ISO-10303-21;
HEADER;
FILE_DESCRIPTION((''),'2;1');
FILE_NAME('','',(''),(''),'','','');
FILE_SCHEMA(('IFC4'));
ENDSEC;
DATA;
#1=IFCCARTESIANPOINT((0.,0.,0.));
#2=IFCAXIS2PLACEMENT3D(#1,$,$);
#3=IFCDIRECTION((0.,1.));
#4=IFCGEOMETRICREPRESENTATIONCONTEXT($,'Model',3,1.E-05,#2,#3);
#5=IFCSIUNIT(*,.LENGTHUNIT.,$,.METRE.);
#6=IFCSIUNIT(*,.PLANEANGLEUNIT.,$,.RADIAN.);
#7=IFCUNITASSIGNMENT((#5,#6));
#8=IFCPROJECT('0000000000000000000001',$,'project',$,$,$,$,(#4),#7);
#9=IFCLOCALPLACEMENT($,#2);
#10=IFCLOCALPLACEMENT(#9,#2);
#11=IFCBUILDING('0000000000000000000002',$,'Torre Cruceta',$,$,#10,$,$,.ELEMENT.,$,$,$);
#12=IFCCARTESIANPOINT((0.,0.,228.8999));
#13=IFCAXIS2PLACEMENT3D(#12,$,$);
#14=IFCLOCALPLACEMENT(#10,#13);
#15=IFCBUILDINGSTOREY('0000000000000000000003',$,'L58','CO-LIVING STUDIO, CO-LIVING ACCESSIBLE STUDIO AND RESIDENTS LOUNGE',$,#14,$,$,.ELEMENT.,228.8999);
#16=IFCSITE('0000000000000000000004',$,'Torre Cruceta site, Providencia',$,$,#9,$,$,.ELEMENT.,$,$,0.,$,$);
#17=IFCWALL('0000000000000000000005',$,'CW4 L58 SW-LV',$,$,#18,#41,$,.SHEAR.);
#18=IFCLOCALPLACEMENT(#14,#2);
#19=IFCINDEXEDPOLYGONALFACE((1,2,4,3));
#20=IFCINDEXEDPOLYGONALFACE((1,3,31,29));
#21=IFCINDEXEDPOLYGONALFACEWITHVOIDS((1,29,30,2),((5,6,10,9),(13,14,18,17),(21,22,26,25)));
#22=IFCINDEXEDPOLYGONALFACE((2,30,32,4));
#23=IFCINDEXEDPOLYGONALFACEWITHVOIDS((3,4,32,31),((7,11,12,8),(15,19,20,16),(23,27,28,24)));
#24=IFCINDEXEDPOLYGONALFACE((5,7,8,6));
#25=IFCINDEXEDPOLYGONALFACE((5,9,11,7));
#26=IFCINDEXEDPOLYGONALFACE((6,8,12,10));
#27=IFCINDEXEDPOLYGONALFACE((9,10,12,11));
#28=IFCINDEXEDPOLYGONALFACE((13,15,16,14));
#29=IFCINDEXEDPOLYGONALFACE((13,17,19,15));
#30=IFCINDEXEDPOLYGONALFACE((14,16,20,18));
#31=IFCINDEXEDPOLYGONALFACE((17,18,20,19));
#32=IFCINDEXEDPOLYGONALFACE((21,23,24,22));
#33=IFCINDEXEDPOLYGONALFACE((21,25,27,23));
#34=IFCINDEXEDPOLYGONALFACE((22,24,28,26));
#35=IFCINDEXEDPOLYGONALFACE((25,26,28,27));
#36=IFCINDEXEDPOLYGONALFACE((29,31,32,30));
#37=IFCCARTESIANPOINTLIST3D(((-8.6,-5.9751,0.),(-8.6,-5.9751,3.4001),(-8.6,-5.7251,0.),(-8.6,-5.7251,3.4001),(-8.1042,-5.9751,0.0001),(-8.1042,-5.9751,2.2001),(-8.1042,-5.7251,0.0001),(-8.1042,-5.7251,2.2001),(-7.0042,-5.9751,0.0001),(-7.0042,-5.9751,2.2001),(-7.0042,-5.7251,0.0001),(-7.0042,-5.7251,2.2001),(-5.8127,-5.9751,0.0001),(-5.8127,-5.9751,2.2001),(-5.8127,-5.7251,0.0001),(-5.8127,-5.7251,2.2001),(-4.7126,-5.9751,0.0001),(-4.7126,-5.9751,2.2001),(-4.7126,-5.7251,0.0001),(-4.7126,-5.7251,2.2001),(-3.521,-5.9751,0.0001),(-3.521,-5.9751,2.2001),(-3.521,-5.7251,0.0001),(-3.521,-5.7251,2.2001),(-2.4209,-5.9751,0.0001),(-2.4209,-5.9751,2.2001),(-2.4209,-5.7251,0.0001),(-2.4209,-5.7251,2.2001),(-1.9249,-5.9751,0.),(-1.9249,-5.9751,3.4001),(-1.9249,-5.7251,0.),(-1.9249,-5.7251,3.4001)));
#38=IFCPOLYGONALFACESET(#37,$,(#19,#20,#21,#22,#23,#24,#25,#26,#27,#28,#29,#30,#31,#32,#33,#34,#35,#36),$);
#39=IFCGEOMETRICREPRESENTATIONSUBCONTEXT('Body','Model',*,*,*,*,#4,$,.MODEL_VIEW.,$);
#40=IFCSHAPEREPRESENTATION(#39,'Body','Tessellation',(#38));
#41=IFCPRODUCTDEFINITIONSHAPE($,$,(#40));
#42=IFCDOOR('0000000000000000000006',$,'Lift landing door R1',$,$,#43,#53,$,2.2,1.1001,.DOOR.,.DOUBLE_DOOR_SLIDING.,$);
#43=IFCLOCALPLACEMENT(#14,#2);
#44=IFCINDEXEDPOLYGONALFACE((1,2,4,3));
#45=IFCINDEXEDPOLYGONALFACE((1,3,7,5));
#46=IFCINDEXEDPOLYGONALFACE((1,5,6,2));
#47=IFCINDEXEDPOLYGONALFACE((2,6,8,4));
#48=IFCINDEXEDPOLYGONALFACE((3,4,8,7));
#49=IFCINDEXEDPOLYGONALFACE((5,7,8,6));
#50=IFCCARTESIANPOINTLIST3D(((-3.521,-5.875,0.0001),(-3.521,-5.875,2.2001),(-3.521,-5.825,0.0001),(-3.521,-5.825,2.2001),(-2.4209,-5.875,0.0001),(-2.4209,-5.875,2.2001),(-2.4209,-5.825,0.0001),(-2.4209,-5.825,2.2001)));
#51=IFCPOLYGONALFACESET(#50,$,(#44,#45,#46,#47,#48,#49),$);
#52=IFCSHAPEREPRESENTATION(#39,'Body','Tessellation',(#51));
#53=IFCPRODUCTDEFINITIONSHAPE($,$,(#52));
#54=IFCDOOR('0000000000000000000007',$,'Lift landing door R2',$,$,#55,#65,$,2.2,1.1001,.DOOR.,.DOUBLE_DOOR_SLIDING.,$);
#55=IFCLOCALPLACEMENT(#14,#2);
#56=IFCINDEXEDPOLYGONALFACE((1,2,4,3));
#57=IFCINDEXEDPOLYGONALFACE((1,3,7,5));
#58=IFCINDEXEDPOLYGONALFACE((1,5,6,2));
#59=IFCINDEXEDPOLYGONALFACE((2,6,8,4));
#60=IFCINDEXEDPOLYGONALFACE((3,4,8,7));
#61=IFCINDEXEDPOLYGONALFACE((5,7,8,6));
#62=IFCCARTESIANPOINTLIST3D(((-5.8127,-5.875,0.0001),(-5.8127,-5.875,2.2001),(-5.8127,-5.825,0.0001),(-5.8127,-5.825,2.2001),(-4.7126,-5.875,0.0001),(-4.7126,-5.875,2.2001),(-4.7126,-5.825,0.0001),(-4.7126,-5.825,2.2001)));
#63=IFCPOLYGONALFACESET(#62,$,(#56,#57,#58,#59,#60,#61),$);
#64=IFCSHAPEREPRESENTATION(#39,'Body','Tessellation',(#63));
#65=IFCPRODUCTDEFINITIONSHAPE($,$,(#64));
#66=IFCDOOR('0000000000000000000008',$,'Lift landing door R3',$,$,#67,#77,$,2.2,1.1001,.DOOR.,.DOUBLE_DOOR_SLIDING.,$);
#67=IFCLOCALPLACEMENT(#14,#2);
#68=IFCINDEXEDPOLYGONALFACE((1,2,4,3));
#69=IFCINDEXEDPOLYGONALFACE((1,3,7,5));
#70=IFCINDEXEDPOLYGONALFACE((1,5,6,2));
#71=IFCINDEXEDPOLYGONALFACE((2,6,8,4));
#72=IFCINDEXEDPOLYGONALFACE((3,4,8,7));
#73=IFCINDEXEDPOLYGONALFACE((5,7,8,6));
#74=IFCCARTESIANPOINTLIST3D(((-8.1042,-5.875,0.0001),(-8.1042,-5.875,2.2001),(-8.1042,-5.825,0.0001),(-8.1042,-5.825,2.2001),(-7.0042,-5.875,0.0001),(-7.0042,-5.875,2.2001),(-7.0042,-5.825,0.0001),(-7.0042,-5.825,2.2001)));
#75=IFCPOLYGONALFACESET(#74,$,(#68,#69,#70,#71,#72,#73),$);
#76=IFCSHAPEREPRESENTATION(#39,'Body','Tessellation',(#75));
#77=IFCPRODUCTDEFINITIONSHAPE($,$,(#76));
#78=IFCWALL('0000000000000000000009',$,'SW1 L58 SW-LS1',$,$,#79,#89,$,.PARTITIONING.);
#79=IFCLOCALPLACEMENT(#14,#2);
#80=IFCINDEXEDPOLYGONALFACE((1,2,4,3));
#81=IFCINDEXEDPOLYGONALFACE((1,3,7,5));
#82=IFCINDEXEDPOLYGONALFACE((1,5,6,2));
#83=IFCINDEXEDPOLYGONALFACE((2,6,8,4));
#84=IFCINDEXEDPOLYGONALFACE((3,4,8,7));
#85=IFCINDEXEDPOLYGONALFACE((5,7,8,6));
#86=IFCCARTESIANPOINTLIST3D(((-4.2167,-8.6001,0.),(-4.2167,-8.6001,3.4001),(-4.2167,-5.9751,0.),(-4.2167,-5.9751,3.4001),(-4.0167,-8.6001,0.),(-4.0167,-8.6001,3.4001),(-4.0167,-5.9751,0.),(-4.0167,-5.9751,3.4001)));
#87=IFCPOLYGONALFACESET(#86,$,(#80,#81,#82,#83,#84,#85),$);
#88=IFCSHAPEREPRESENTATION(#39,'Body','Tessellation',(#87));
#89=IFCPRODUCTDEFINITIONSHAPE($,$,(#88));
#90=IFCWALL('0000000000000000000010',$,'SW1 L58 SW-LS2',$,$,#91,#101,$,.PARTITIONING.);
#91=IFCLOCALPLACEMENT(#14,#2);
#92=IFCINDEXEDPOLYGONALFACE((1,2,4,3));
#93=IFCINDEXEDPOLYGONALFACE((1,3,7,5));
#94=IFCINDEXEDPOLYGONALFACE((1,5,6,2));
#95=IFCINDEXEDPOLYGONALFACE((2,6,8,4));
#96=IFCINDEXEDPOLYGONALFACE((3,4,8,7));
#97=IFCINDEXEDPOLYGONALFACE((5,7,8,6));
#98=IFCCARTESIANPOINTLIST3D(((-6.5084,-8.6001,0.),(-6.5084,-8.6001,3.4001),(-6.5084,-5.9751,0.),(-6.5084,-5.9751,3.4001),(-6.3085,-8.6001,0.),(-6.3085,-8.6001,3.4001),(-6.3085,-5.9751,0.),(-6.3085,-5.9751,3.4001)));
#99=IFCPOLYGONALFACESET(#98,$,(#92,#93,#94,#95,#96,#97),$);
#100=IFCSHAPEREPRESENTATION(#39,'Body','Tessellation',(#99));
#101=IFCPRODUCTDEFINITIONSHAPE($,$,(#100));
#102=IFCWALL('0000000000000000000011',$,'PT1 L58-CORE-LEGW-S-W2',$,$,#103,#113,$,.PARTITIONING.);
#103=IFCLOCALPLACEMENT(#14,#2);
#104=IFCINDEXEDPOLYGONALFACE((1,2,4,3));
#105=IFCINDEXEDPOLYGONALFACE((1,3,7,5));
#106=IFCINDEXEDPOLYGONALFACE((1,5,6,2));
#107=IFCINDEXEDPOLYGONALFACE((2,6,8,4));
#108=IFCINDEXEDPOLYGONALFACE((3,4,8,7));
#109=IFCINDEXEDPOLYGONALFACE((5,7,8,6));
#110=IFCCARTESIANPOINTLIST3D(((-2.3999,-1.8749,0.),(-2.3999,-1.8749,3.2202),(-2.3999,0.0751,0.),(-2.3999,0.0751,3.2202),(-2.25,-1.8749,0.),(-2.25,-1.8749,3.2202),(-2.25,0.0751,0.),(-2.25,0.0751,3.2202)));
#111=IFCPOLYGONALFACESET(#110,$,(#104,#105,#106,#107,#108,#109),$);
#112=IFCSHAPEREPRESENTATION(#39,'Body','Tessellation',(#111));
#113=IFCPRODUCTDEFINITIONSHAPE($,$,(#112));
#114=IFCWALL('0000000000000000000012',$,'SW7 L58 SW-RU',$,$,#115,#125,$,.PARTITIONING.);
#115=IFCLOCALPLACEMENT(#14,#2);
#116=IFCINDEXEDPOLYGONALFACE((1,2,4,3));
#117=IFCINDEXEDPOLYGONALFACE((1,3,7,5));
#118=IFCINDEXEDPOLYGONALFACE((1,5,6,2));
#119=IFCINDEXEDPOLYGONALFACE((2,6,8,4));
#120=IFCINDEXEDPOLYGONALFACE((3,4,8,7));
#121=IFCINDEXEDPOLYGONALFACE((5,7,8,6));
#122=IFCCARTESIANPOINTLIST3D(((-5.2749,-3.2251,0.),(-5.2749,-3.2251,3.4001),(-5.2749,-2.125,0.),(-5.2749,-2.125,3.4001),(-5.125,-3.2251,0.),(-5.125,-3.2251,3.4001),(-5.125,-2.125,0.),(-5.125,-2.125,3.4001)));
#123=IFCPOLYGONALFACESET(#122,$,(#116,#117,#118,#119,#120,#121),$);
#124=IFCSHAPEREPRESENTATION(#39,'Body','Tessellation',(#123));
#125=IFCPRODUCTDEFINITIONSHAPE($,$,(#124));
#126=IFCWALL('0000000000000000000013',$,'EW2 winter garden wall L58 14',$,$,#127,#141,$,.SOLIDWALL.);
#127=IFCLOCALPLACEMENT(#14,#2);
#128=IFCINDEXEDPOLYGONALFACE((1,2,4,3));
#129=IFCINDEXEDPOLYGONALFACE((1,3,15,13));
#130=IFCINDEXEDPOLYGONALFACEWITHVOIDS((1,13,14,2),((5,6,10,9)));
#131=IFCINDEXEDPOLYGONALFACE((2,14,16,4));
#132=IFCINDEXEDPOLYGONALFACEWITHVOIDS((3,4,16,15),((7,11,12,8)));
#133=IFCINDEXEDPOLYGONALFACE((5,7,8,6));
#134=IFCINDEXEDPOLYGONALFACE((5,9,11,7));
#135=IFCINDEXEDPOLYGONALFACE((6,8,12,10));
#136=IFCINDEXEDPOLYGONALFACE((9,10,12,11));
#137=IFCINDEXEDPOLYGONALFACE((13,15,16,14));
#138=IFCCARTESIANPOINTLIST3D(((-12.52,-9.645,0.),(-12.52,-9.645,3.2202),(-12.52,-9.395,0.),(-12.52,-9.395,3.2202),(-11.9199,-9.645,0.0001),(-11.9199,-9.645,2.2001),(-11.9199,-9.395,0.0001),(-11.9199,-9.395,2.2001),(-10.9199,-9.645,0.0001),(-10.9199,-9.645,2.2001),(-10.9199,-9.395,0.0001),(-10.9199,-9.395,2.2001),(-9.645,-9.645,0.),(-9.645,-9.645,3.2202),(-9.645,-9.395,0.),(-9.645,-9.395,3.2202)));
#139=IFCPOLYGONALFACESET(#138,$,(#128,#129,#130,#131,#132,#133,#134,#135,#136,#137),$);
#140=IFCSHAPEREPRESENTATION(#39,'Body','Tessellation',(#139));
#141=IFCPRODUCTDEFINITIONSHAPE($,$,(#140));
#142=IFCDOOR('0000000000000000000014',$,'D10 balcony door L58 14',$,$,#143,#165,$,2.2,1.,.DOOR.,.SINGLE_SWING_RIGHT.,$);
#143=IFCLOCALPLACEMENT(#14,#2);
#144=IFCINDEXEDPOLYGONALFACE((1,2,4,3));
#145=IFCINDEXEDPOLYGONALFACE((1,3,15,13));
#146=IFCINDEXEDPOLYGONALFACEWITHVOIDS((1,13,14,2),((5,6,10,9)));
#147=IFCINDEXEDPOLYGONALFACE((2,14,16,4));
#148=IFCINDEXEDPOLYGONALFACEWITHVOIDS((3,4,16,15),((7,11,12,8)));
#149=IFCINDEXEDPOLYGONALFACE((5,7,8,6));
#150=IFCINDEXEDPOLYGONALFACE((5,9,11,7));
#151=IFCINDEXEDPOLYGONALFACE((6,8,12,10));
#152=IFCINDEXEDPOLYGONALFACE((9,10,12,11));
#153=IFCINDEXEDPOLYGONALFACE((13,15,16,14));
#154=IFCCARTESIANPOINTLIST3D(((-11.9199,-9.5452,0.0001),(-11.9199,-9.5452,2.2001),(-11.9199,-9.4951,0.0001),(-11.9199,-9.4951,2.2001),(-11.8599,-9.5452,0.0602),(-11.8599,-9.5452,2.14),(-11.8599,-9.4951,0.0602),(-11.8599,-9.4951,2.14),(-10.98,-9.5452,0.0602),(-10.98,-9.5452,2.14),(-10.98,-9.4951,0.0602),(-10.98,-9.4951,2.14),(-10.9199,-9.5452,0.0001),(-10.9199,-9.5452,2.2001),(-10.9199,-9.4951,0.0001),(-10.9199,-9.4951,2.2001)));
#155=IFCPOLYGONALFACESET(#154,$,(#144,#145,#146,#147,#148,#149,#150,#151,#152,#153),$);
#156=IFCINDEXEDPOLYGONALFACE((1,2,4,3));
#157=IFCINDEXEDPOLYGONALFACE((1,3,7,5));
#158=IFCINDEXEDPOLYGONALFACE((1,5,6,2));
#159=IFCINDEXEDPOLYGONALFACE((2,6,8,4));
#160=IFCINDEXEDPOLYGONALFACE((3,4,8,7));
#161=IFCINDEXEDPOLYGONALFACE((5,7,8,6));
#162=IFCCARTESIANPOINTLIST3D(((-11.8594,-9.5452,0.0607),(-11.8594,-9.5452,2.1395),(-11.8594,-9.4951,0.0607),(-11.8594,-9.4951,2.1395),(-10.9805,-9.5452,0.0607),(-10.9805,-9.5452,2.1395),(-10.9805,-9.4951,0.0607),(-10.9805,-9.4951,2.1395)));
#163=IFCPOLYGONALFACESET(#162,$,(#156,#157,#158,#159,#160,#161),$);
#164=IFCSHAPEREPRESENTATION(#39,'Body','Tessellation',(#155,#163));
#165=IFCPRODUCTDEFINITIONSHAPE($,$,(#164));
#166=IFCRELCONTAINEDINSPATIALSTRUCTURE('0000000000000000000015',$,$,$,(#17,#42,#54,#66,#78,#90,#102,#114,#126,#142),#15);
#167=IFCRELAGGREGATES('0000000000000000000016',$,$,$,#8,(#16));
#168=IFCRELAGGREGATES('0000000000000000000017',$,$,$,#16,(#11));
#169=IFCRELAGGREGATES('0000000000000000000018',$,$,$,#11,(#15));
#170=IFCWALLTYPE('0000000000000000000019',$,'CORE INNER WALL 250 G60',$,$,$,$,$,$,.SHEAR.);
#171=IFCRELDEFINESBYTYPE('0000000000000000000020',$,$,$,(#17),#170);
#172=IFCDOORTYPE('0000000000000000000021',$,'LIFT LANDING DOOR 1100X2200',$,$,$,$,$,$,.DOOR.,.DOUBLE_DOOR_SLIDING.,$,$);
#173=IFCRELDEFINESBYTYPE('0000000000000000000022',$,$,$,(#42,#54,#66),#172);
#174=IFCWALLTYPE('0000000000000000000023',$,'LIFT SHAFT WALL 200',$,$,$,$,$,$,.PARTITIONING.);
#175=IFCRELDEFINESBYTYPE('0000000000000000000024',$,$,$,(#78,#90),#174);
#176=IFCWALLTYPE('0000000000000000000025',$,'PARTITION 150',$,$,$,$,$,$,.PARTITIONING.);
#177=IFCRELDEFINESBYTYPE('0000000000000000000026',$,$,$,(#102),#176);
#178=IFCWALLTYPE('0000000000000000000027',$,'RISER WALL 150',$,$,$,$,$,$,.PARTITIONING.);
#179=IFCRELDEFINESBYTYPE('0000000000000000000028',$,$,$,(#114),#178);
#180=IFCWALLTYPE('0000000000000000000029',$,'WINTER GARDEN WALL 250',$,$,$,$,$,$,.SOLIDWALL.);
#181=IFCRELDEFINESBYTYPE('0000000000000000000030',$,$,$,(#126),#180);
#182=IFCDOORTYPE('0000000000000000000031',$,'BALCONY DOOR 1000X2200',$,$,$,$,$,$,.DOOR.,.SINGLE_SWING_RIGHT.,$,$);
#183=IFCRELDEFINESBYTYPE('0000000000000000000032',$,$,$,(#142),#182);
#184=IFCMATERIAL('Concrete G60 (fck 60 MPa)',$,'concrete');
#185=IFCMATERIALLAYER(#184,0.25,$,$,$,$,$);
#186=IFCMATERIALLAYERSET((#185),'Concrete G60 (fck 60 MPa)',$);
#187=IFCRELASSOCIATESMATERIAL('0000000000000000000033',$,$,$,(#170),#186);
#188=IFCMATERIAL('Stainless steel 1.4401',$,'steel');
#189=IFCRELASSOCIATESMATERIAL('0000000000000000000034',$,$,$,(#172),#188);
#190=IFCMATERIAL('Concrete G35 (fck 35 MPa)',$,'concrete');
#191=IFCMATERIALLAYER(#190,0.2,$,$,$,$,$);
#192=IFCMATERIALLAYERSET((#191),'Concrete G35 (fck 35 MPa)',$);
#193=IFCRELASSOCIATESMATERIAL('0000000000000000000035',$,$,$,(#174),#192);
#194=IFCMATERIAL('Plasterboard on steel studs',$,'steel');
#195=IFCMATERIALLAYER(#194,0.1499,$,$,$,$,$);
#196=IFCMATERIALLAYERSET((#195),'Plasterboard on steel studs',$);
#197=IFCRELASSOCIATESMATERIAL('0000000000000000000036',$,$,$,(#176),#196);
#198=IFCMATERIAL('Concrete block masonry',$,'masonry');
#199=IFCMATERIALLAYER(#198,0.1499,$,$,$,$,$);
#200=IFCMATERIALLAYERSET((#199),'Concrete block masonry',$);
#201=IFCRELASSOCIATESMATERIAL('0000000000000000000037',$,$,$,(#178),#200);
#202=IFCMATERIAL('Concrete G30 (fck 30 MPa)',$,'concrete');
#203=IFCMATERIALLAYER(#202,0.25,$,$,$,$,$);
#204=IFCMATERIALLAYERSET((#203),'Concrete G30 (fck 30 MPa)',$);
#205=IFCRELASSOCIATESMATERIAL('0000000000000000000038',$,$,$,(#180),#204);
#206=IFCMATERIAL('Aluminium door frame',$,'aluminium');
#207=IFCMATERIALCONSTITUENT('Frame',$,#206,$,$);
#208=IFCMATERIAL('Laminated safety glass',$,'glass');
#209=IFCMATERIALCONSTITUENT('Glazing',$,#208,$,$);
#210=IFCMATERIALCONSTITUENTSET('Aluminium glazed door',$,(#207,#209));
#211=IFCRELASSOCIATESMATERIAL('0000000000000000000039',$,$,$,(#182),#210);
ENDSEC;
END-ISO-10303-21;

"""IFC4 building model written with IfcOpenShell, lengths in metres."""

from ifc_helpers import new_model, si_unit, direction, frame, frame_2d, origin, place, context, subcontext, project, spatial, rectangle, hollow_rectangle, extrude, material, layer, layer_set, constituent, constituent_set, type_object, element, fill, save


model = new_model("IFC4")

# Units and contexts
model_context = context("Model", 3, precision=1e-05, world=origin(), true_north=direction((0.0, 1.0)))
body_context = subcontext(model_context, "Body", "Model", "MODEL_VIEW")
ifc_project = project(units=[si_unit("LENGTHUNIT", "METRE"), si_unit("PLANEANGLEUNIT", "RADIAN")], contexts=[model_context])

# Site, building, storey
site_placement = place(None, origin())
site = spatial("IfcSite", under=ifc_project, at=site_placement, Name="Torre Cruceta site, Providencia", CompositionType="ELEMENT", RefElevation=0.0)
building_placement = place(site_placement, origin())
building = spatial("IfcBuilding", under=site, at=building_placement, Name="Torre Cruceta", CompositionType="ELEMENT")
storey_placement = place(building_placement, frame((0.0, 0.0, 228.8999)))
storey = spatial("IfcBuildingStorey", under=building, at=storey_placement, Name="L58", Description="CO-LIVING STUDIO, CO-LIVING ACCESSIBLE STUDIO AND RESIDENTS LOUNGE", CompositionType="ELEMENT", Elevation=228.8999)

# Shared definitions
ifc_material_1 = material(Name="Concrete G60 (fck 60 MPa)", Category="concrete")
ifc_layer_1 = layer(ifc_material_1, 0.25)
ifc_layer_set_1 = layer_set([ifc_layer_1], Name="Concrete G60 (fck 60 MPa)")
wall_type_1 = type_object("IfcWallType", Name="CORE INNER WALL 250 G60", PredefinedType="SHEAR", material=ifc_layer_set_1)

# Wall, openings, doors
wall_1_placement = place(storey_placement, frame((-1.925, -5.8501, 0.0), z_axis=(0.0, 0.0, 1.0), x_axis=(-1.0, 0.0, 0.0)))
wall_1 = element("IfcWall", 1, at=wall_1_placement, inside=storey, type_object=wall_type_1, Name="CW4 L58 SW-LV", PredefinedType="SHEAR", context=body_context, shape_type="SweptSolid", body=[
    extrude(rectangle(XDim=6.675, YDim=0.25, at=frame_2d((3.3374, 0.0))), origin(), (0.0, 0.0, 1.0), 3.4001),
])
opening_1_placement = place(wall_1_placement, frame((0.4958, 0.0, 0.0)))
opening_1 = element("IfcOpeningElement", 2, at=opening_1_placement, cuts=wall_1, PredefinedType="OPENING", context=body_context, shape_type="SweptSolid", body=[
    extrude(rectangle(XDim=1.1001, YDim=2.2, at=frame_2d((0.55, 1.1001))), frame((0.0, 0.135, 0.0), z_axis=(0.0, -1.0, 0.0), x_axis=(1.0, 0.0, 0.0)), (0.0, 0.0, 1.0), 0.27),
])
opening_2_placement = place(wall_1_placement, frame((2.7876, 0.0, 0.0)))
opening_2 = element("IfcOpeningElement", 3, at=opening_2_placement, cuts=wall_1, PredefinedType="OPENING", context=body_context, shape_type="SweptSolid", body=[
    extrude(rectangle(XDim=1.1001, YDim=2.2, at=frame_2d((0.55, 1.1001))), frame((0.0, 0.135, 0.0), z_axis=(0.0, -1.0, 0.0), x_axis=(1.0, 0.0, 0.0)), (0.0, 0.0, 1.0), 0.27),
])
opening_3_placement = place(wall_1_placement, frame((5.0791, 0.0, 0.0)))
opening_3 = element("IfcOpeningElement", 4, at=opening_3_placement, cuts=wall_1, PredefinedType="OPENING", context=body_context, shape_type="SweptSolid", body=[
    extrude(rectangle(XDim=1.1001, YDim=2.2, at=frame_2d((0.55, 1.1001))), frame((0.0, 0.135, 0.0), z_axis=(0.0, -1.0, 0.0), x_axis=(1.0, 0.0, 0.0)), (0.0, 0.0, 1.0), 0.27),
])
ifc_material_2 = material(Name="Stainless steel 1.4401", Category="steel")
door_type_1 = type_object("IfcDoorType", Name="LIFT LANDING DOOR 1100X2200", OperationType="DOUBLE_DOOR_SLIDING", PredefinedType="DOOR", material=ifc_material_2)
door_1_placement = place(opening_1_placement, origin())
door_1 = element("IfcDoor", 5, at=door_1_placement, inside=storey, type_object=door_type_1, Name="Lift landing door R1", OperationType="DOUBLE_DOOR_SLIDING", OverallHeight=2.2, OverallWidth=1.1001, PredefinedType="DOOR", context=body_context, shape_type="SweptSolid", body=[
    extrude(rectangle(XDim=1.1001, YDim=2.2, at=frame_2d((0.55, 1.1001))), frame((0.0, 0.0249, 0.0), z_axis=(0.0, -1.0, 0.0), x_axis=(1.0, 0.0, 0.0)), (0.0, 0.0, 1.0), 0.05),
])
fill(opening_1, door_1)
door_2_placement = place(opening_2_placement, origin())
door_2 = element("IfcDoor", 6, at=door_2_placement, inside=storey, type_object=door_type_1, Name="Lift landing door R2", OperationType="DOUBLE_DOOR_SLIDING", OverallHeight=2.2, OverallWidth=1.1001, PredefinedType="DOOR", context=body_context, shape_type="SweptSolid", body=[
    extrude(rectangle(XDim=1.1001, YDim=2.2, at=frame_2d((0.55, 1.1001))), frame((0.0, 0.0249, 0.0), z_axis=(0.0, -1.0, 0.0), x_axis=(1.0, 0.0, 0.0)), (0.0, 0.0, 1.0), 0.05),
])
fill(opening_2, door_2)
door_3_placement = place(opening_3_placement, origin())
door_3 = element("IfcDoor", 7, at=door_3_placement, inside=storey, type_object=door_type_1, Name="Lift landing door R3", OperationType="DOUBLE_DOOR_SLIDING", OverallHeight=2.2, OverallWidth=1.1001, PredefinedType="DOOR", context=body_context, shape_type="SweptSolid", body=[
    extrude(rectangle(XDim=1.1001, YDim=2.2, at=frame_2d((0.55, 1.1001))), frame((0.0, 0.0249, 0.0), z_axis=(0.0, -1.0, 0.0), x_axis=(1.0, 0.0, 0.0)), (0.0, 0.0, 1.0), 0.05),
])
fill(opening_3, door_3)

# Walls
ifc_material_3 = material(Name="Concrete G35 (fck 35 MPa)", Category="concrete")
ifc_layer_2 = layer(ifc_material_3, 0.2)
ifc_layer_set_2 = layer_set([ifc_layer_2], Name="Concrete G35 (fck 35 MPa)")
wall_type_2 = type_object("IfcWallType", Name="LIFT SHAFT WALL 200", PredefinedType="PARTITIONING", material=ifc_layer_set_2)
for number, where, z_axis, x_axis, name in (
    (8, (-4.1167, -5.9751, 0.0), (0.0, 0.0, 1.0), (0.0, -1.0, 0.0), "SW1 L58 SW-LS1"),
    (9, (-6.4084, -5.9751, 0.0), (0.0, 0.0, 1.0), (0.0, -1.0, 0.0), "SW1 L58 SW-LS2"),
):
    element("IfcWall", number, at=place(storey_placement, frame(where, z_axis=z_axis, x_axis=x_axis)), inside=storey, type_object=wall_type_2, Name=name, PredefinedType="PARTITIONING", context=body_context, shape_type="SweptSolid", body=[
        extrude(rectangle(XDim=2.625, YDim=0.2, at=frame_2d((1.3125, 0.0))), origin(), (0.0, 0.0, 1.0), 3.4001),
    ])
ifc_material_4 = material(Name="Plasterboard on steel studs", Category="steel")
ifc_layer_3 = layer(ifc_material_4, 0.1499)
ifc_layer_set_3 = layer_set([ifc_layer_3], Name="Plasterboard on steel studs")
wall_type_3 = type_object("IfcWallType", Name="PARTITION 150", PredefinedType="PARTITIONING", material=ifc_layer_set_3)
wall_2_placement = place(storey_placement, frame((-2.325, -1.875, 0.0), z_axis=(0.0, 0.0, 1.0), x_axis=(0.0, 1.0, 0.0)))
element("IfcWall", 10, at=wall_2_placement, inside=storey, type_object=wall_type_3, Name="PT1 L58-CORE-LEGW-S-W2", PredefinedType="PARTITIONING", context=body_context, shape_type="SweptSolid", body=[
    extrude(rectangle(XDim=1.95, YDim=0.1499, at=frame_2d((0.9751, 0.0))), origin(), (0.0, 0.0, 1.0), 3.2202),
])
ifc_material_5 = material(Name="Concrete block masonry", Category="masonry")
ifc_layer_4 = layer(ifc_material_5, 0.1499)
ifc_layer_set_4 = layer_set([ifc_layer_4], Name="Concrete block masonry")
wall_type_4 = type_object("IfcWallType", Name="RISER WALL 150", PredefinedType="PARTITIONING", material=ifc_layer_set_4)
wall_3_placement = place(storey_placement, frame((-5.2, -2.125, 0.0), z_axis=(0.0, 0.0, 1.0), x_axis=(0.0, -1.0, 0.0)))
element("IfcWall", 11, at=wall_3_placement, inside=storey, type_object=wall_type_4, Name="SW7 L58 SW-RU", PredefinedType="PARTITIONING", context=body_context, shape_type="SweptSolid", body=[
    extrude(rectangle(XDim=1.1001, YDim=0.1499, at=frame_2d((0.55, 0.0))), origin(), (0.0, 0.0, 1.0), 3.4001),
])

# Wall, opening, door
ifc_material_6 = material(Name="Concrete G30 (fck 30 MPa)", Category="concrete")
ifc_layer_5 = layer(ifc_material_6, 0.25)
ifc_layer_set_5 = layer_set([ifc_layer_5], Name="Concrete G30 (fck 30 MPa)")
wall_type_5 = type_object("IfcWallType", Name="WINTER GARDEN WALL 250", PredefinedType="SOLIDWALL", material=ifc_layer_set_5)
wall_4_placement = place(storey_placement, frame((-12.52, -9.52, 0.0), z_axis=(0.0, 0.0, 1.0), x_axis=(1.0, 0.0, 0.0)))
wall_4 = element("IfcWall", 12, at=wall_4_placement, inside=storey, type_object=wall_type_5, Name="EW2 winter garden wall L58 14", PredefinedType="SOLIDWALL", context=body_context, shape_type="SweptSolid", body=[
    extrude(rectangle(XDim=2.875, YDim=0.25, at=frame_2d((1.4375, 0.0))), origin(), (0.0, 0.0, 1.0), 3.2202),
])
opening_4_placement = place(wall_4_placement, frame((0.6001, 0.0, 0.0)))
opening_4 = element("IfcOpeningElement", 13, at=opening_4_placement, cuts=wall_4, PredefinedType="OPENING", context=body_context, shape_type="SweptSolid", body=[
    extrude(rectangle(XDim=1.0, YDim=2.2, at=frame_2d((0.5, 1.1001))), frame((0.0, 0.135, 0.0), z_axis=(0.0, -1.0, 0.0), x_axis=(1.0, 0.0, 0.0)), (0.0, 0.0, 1.0), 0.27),
])
ifc_material_7 = material(Name="Aluminium door frame", Category="aluminium")
ifc_constituent_1 = constituent(ifc_material_7, Name="Frame")
ifc_material_8 = material(Name="Laminated safety glass", Category="glass")
ifc_constituent_2 = constituent(ifc_material_8, Name="Glazing")
ifc_constituent_set_1 = constituent_set(constituents=[ifc_constituent_1, ifc_constituent_2], Name="Aluminium glazed door")
door_type_2 = type_object("IfcDoorType", Name="BALCONY DOOR 1000X2200", OperationType="SINGLE_SWING_RIGHT", PredefinedType="DOOR", material=ifc_constituent_set_1)
door_4_placement = place(opening_4_placement, origin())
door_4 = element("IfcDoor", 14, at=door_4_placement, inside=storey, type_object=door_type_2, Name="D10 balcony door L58 14", OperationType="SINGLE_SWING_RIGHT", OverallHeight=2.2, OverallWidth=1.0, PredefinedType="DOOR", context=body_context, shape_type="SweptSolid", body=[
    extrude(hollow_rectangle(XDim=1.0, YDim=2.2, WallThickness=0.0601, at=frame_2d((0.5, 1.1001))), frame((0.0, 0.0249, 0.0), z_axis=(0.0, -1.0, 0.0), x_axis=(1.0, 0.0, 0.0)), (0.0, 0.0, 1.0), 0.05),
    extrude(rectangle(XDim=0.8789, YDim=2.0789, at=frame_2d((0.5, 1.1001))), frame((0.0, 0.0249, 0.0), z_axis=(0.0, -1.0, 0.0), x_axis=(1.0, 0.0, 0.0)), (0.0, 0.0, 1.0), 0.05),
])
fill(opening_4, door_4)

save(model, "model.ifc")
